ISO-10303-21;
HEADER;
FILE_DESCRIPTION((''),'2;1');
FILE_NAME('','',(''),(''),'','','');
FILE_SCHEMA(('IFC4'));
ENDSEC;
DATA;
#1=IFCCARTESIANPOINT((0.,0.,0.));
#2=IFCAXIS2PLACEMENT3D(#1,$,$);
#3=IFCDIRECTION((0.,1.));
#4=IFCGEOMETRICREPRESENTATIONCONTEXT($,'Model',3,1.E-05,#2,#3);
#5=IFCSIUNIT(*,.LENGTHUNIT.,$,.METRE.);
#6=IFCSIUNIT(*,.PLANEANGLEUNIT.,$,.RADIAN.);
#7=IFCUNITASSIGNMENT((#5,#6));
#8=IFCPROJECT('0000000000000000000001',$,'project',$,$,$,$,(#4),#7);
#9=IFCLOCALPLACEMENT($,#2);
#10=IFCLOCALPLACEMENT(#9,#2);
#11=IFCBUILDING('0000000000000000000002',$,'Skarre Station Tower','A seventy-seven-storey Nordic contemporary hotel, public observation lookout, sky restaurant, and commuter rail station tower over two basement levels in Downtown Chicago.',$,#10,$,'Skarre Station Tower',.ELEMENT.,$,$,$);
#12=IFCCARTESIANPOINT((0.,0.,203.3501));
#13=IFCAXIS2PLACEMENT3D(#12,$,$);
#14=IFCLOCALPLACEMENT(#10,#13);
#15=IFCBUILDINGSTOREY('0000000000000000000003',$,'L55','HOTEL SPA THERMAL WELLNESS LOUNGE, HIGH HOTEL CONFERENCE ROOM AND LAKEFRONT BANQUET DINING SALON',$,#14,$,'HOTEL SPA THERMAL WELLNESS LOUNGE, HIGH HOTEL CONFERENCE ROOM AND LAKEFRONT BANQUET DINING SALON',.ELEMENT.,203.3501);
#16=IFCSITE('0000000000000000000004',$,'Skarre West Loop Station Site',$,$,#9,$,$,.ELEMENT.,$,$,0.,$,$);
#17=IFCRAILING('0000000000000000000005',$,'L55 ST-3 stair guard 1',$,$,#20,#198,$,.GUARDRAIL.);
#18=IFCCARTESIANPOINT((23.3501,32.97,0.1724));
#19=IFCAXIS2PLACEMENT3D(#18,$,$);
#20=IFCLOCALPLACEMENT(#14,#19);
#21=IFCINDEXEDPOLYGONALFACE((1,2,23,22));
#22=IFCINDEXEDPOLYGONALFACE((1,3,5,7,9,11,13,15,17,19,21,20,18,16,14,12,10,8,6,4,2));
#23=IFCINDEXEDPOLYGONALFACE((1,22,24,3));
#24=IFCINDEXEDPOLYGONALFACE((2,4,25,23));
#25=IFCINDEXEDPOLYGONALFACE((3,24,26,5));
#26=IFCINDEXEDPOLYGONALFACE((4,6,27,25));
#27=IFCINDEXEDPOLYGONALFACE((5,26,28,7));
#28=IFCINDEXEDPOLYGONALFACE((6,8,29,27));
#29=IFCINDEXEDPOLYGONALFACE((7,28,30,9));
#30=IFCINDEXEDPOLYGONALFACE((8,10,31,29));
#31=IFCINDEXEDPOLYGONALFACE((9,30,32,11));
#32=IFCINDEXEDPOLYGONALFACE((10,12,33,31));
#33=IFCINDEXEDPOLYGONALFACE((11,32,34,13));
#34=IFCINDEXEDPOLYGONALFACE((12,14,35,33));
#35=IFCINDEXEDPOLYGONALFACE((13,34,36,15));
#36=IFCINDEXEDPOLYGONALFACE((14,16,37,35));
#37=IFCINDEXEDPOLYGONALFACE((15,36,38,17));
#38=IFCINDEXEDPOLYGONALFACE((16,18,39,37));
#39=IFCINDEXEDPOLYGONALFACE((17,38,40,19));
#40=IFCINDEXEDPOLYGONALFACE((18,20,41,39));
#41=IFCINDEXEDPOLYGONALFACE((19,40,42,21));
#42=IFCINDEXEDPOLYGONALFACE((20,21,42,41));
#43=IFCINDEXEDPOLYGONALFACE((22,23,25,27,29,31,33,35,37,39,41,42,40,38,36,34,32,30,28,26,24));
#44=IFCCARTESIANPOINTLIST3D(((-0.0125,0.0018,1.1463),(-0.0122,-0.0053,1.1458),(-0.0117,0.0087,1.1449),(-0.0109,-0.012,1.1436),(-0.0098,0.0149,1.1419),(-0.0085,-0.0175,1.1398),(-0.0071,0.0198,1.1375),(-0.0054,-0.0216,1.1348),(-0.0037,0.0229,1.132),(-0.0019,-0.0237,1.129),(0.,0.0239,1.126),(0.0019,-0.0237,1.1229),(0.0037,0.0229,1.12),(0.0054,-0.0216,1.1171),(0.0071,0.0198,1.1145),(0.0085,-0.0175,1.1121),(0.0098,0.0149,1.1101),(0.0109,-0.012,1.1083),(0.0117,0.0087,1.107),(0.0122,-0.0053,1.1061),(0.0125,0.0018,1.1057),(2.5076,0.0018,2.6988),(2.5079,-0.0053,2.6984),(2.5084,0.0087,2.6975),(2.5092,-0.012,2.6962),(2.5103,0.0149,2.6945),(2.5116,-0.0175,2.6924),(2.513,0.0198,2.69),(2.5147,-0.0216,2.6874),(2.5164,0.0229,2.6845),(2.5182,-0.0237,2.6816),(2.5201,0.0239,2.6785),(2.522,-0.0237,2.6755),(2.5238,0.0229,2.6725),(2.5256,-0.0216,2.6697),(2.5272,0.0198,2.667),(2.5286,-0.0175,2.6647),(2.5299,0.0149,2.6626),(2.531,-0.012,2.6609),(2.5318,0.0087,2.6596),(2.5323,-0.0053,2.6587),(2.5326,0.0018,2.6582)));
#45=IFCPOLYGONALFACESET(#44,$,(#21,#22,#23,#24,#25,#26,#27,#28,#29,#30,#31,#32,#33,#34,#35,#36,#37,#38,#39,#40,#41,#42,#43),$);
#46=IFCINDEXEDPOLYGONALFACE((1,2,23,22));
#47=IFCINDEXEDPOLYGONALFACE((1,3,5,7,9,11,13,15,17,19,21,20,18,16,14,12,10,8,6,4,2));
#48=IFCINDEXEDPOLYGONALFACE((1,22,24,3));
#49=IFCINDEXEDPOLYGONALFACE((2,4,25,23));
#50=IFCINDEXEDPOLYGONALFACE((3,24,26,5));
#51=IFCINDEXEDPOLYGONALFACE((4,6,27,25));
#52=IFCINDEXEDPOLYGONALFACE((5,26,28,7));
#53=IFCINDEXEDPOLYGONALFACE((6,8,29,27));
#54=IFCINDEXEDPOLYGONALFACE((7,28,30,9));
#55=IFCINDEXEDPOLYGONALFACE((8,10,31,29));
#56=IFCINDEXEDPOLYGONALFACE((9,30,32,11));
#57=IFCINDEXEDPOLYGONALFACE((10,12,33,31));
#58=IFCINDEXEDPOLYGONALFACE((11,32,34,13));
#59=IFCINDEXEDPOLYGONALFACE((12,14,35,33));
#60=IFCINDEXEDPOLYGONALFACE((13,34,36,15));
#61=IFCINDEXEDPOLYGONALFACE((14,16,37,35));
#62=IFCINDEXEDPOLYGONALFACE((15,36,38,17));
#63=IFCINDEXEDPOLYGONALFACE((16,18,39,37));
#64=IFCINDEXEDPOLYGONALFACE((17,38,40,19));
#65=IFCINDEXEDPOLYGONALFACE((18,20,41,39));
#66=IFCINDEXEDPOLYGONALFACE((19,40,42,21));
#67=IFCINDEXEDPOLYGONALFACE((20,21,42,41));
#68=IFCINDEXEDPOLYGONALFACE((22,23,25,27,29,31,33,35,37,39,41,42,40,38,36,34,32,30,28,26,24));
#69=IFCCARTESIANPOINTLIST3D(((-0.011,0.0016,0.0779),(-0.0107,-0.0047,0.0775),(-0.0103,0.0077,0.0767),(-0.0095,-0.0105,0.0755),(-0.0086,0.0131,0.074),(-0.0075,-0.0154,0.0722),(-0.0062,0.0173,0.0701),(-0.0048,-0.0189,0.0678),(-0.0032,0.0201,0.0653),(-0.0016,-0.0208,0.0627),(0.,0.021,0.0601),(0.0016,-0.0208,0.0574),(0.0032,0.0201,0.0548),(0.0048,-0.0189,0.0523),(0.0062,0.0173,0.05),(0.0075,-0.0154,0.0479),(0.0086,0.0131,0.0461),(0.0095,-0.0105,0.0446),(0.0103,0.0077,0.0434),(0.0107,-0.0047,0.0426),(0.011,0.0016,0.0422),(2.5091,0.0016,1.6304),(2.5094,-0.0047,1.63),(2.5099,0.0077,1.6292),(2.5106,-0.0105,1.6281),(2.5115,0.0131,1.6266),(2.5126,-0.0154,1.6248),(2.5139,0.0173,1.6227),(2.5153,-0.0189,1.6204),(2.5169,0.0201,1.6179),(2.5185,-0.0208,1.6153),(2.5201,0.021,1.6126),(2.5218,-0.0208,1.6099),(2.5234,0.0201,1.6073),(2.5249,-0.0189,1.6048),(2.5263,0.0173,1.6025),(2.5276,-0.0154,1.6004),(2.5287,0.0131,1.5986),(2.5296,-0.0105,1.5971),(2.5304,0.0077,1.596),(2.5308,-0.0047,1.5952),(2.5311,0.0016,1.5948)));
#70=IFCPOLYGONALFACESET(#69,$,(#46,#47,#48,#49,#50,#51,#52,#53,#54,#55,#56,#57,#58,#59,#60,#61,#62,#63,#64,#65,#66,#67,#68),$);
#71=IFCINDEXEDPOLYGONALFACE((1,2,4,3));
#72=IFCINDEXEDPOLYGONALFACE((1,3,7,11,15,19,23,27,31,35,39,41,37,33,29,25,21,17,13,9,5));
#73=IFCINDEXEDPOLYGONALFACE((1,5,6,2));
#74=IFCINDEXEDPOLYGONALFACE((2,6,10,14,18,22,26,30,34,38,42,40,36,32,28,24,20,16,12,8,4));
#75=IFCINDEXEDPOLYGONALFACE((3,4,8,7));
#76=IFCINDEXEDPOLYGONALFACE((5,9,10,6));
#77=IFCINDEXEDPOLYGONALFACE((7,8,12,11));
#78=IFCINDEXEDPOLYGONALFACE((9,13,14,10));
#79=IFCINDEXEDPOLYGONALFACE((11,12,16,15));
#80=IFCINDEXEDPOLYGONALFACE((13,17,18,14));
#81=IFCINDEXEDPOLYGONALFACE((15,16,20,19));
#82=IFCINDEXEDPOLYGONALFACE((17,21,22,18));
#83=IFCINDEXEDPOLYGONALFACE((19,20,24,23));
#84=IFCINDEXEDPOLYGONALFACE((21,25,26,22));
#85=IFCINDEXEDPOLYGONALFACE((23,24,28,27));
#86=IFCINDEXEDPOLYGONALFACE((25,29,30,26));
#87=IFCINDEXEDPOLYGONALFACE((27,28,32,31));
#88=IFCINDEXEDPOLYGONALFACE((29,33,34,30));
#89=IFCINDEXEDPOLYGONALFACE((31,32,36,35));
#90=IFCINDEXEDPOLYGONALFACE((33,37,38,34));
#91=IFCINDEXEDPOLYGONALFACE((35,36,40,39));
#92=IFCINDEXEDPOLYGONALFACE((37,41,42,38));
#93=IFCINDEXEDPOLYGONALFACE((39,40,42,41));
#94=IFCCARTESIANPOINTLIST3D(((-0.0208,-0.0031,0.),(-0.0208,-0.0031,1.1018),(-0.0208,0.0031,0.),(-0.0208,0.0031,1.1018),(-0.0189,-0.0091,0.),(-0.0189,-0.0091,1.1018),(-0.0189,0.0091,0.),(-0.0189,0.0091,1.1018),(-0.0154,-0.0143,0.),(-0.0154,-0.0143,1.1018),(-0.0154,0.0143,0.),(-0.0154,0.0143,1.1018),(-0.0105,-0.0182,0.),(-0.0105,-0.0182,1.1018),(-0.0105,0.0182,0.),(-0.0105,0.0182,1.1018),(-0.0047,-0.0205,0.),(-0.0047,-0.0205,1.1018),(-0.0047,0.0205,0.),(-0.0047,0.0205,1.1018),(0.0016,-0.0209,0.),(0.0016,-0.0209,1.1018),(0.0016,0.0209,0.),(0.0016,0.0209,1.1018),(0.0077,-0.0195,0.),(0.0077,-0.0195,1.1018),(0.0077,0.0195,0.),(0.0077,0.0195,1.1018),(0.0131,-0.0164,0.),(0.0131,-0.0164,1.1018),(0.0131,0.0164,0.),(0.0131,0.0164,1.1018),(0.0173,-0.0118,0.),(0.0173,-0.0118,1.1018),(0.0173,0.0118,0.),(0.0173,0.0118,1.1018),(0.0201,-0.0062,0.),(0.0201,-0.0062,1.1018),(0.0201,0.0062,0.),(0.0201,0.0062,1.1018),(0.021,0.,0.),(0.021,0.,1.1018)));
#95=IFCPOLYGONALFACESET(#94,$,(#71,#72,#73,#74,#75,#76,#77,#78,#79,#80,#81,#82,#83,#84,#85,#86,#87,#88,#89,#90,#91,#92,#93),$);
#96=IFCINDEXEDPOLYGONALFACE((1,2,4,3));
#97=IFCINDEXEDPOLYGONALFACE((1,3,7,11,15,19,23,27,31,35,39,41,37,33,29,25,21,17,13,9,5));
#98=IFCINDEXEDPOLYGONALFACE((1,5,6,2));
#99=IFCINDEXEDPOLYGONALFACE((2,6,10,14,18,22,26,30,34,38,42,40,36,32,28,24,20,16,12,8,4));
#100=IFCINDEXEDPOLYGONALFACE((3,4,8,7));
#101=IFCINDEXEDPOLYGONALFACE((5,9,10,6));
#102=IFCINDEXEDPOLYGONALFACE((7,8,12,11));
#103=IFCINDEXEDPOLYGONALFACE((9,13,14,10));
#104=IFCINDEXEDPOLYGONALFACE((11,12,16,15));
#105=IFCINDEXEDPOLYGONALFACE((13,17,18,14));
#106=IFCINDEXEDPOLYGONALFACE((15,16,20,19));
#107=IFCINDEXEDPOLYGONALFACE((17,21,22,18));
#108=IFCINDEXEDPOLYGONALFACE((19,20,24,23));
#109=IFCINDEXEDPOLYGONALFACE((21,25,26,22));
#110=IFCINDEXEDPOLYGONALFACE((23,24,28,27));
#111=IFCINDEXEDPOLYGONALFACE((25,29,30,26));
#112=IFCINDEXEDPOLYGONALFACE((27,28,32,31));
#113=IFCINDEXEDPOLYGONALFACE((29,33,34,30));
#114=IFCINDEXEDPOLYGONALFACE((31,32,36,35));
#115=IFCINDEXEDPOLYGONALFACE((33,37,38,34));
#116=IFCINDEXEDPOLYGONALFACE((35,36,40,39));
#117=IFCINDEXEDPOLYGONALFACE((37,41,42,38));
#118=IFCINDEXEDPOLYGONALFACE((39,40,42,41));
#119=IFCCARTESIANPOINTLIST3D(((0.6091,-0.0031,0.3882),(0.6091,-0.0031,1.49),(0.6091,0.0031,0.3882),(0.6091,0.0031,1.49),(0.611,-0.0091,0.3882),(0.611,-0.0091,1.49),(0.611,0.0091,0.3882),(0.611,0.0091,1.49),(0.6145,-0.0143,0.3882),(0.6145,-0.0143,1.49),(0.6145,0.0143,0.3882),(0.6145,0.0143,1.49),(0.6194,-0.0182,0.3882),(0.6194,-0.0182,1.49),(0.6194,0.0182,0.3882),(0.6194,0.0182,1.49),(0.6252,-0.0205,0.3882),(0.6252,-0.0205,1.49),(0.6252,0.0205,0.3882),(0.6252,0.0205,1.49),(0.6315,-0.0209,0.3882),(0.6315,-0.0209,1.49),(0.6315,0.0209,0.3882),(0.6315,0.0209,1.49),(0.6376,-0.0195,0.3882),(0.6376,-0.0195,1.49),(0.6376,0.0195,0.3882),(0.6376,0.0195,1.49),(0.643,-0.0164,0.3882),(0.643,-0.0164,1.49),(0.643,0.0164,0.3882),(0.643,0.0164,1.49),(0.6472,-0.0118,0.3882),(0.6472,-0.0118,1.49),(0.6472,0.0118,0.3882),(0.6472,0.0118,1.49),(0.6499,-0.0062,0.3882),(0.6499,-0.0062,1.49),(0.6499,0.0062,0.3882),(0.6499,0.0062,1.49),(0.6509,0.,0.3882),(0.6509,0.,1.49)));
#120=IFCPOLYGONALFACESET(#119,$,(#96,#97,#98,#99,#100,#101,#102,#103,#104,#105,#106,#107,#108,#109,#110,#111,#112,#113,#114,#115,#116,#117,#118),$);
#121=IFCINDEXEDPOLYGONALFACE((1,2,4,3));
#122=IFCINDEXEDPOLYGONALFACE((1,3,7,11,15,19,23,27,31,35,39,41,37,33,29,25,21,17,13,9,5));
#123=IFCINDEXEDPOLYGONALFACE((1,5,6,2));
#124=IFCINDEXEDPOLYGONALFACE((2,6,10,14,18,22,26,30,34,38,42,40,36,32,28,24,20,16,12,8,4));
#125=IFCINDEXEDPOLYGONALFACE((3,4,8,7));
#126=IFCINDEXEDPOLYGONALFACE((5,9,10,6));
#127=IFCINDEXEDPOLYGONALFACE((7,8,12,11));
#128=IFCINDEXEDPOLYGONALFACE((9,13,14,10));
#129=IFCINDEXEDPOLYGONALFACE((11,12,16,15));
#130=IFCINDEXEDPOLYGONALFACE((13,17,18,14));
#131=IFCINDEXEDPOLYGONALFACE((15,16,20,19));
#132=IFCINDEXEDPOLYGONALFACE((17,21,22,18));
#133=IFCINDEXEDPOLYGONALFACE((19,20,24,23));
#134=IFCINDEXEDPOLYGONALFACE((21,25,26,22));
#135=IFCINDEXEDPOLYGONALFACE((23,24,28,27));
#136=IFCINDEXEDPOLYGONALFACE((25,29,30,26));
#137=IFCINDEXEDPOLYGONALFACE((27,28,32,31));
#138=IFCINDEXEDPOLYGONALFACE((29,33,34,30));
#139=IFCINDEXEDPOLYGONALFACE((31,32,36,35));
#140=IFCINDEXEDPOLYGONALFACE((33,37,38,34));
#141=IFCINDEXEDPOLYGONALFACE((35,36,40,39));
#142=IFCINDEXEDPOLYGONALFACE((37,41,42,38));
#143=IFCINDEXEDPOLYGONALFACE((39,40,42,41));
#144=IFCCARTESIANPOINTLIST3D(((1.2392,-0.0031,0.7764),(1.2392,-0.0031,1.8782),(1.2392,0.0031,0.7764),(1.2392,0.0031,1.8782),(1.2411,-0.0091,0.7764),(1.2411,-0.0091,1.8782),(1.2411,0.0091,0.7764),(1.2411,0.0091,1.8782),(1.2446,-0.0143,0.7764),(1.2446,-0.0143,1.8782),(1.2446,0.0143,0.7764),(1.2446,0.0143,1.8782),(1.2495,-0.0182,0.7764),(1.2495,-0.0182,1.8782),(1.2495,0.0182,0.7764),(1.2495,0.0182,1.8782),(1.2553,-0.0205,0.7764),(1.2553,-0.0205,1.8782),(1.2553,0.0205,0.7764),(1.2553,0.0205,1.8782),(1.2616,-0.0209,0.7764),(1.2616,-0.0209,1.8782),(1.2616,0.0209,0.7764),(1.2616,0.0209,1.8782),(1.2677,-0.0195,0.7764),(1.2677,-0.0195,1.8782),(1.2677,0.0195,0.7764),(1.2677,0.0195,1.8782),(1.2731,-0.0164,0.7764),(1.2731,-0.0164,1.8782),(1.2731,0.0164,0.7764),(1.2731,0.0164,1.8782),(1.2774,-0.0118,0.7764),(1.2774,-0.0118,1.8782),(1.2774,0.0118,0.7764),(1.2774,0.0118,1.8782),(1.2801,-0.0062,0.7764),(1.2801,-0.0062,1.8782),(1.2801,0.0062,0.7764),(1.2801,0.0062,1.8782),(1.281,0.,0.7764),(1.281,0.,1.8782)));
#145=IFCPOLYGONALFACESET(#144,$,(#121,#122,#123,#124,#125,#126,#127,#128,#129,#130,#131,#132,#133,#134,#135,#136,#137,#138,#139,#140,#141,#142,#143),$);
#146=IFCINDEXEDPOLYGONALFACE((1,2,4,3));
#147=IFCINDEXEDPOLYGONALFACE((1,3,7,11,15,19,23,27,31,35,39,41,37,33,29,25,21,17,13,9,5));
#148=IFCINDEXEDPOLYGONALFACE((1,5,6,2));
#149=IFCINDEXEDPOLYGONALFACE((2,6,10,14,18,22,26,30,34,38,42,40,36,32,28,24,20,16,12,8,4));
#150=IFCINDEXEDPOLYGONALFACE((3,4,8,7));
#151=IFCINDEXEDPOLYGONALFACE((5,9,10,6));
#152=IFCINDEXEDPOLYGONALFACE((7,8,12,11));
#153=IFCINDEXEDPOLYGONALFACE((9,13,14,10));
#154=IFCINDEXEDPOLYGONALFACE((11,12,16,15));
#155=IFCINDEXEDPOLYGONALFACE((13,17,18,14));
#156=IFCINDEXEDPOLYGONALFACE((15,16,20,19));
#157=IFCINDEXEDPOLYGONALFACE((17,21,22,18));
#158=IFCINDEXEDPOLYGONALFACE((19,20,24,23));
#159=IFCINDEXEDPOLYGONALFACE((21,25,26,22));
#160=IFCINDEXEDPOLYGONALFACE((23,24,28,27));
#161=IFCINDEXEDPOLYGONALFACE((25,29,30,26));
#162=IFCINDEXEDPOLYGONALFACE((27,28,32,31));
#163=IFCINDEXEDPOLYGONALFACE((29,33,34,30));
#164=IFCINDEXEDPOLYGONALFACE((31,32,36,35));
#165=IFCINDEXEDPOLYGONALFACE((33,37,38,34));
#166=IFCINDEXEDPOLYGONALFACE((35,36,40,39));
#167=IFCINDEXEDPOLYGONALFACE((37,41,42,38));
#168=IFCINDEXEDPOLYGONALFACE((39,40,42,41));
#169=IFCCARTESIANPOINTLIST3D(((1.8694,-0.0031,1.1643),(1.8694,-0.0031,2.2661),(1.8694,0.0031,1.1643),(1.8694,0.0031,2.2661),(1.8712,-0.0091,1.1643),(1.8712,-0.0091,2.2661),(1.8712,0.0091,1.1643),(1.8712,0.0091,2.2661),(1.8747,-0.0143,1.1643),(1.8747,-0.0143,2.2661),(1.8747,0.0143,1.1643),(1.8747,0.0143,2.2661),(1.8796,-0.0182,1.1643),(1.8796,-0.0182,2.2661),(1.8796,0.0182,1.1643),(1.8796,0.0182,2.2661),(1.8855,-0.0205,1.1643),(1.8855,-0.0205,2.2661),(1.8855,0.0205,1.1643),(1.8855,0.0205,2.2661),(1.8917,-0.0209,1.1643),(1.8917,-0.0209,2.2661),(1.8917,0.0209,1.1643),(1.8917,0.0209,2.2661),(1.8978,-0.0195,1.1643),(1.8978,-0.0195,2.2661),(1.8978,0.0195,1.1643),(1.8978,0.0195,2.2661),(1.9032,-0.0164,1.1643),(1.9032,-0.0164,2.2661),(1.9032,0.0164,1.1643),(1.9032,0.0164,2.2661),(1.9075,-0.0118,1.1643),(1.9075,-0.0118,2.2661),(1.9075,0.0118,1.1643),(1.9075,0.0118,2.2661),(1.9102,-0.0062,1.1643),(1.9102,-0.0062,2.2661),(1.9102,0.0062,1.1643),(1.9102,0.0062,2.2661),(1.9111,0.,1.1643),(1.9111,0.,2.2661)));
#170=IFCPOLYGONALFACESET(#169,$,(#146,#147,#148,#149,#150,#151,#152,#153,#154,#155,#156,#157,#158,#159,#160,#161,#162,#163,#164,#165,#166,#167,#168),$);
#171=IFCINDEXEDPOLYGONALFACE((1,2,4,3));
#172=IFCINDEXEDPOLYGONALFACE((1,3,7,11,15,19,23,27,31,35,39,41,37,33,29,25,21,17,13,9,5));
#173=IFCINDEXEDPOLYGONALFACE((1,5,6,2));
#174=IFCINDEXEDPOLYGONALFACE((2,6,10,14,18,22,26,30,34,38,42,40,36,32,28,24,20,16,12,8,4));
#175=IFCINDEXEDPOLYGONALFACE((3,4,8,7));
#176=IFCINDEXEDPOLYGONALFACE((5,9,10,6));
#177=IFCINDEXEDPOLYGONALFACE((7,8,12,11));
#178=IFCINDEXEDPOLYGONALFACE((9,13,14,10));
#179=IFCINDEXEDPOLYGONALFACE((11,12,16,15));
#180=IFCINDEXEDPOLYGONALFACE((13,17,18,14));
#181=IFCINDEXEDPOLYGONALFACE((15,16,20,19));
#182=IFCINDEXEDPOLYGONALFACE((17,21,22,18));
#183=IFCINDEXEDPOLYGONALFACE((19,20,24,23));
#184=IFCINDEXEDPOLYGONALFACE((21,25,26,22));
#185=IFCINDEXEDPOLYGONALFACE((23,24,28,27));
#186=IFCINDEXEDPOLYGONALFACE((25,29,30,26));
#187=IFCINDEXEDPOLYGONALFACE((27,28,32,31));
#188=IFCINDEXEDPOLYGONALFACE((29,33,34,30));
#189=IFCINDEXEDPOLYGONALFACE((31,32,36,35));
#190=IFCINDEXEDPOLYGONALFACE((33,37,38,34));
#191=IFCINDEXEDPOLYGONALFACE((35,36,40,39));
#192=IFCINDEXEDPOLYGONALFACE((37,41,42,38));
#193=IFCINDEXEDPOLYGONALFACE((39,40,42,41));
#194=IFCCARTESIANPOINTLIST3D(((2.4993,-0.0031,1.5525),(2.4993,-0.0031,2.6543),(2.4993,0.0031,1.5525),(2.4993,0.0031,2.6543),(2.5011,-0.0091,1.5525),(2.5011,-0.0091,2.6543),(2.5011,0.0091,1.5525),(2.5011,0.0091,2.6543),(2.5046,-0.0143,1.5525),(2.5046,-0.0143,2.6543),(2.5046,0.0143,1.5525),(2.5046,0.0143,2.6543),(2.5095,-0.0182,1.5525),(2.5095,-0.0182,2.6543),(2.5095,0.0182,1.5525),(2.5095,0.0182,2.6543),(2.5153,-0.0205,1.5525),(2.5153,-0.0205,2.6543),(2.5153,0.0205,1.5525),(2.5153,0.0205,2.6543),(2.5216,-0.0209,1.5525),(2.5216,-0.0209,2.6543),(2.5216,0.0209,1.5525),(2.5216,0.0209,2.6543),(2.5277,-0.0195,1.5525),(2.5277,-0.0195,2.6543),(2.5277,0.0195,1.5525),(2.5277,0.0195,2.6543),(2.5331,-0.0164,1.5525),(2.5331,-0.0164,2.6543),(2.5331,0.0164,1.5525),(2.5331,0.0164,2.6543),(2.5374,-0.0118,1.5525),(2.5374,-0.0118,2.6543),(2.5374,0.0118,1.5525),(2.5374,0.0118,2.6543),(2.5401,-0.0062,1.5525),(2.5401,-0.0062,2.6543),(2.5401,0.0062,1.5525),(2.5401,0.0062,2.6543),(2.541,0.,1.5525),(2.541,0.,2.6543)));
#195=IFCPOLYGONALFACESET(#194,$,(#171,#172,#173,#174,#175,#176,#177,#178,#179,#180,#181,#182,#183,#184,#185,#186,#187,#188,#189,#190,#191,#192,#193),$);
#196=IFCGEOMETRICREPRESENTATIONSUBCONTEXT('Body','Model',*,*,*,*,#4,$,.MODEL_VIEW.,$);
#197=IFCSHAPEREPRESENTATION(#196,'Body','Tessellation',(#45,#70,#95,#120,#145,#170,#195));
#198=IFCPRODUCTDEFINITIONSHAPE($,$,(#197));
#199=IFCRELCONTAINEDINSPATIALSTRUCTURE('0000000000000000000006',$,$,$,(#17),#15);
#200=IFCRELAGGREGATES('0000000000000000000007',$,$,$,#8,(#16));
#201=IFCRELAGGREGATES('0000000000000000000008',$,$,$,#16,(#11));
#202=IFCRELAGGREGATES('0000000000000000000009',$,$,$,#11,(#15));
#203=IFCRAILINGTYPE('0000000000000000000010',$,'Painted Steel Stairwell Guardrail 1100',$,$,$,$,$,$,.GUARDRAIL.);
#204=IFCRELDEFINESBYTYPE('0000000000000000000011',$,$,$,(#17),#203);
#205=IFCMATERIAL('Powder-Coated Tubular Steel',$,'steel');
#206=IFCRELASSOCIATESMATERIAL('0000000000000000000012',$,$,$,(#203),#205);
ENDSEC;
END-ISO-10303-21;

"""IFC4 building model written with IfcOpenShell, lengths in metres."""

from ifc_helpers import new_model, si_unit, direction, frame, origin, origin_2d, place, context, subcontext, project, spatial, circle, extrude, material, type_object, element, save


model = new_model("IFC4")

# Units and contexts
model_context = context("Model", 3, precision=1e-05, world=origin(), true_north=direction((0.0, 1.0)))
body_context = subcontext(model_context, "Body", "Model", "MODEL_VIEW")
ifc_project = project(units=[si_unit("LENGTHUNIT", "METRE"), si_unit("PLANEANGLEUNIT", "RADIAN")], contexts=[model_context])

# Site, building, storey
site_placement = place(None, origin())
site = spatial("IfcSite", under=ifc_project, at=site_placement, Name="Skarre West Loop Station Site", CompositionType="ELEMENT", RefElevation=0.0)
building_placement = place(site_placement, origin())
building = spatial("IfcBuilding", under=site, at=building_placement, Name="Skarre Station Tower", Description="A seventy-seven-storey Nordic contemporary hotel, public observation lookout, sky restaurant, and commuter rail station tower over two basement levels in Downtown Chicago.", LongName="Skarre Station Tower", CompositionType="ELEMENT")
storey_placement = place(building_placement, frame((0.0, 0.0, 203.3501)))
storey = spatial("IfcBuildingStorey", under=building, at=storey_placement, Name="L55", Description="HOTEL SPA THERMAL WELLNESS LOUNGE, HIGH HOTEL CONFERENCE ROOM AND LAKEFRONT BANQUET DINING SALON", LongName="HOTEL SPA THERMAL WELLNESS LOUNGE, HIGH HOTEL CONFERENCE ROOM AND LAKEFRONT BANQUET DINING SALON", CompositionType="ELEMENT", Elevation=203.3501)

# Railing
ifc_material_1 = material(Name="Powder-Coated Tubular Steel", Category="steel")
railing_type_1 = type_object("IfcRailingType", Name="Painted Steel Stairwell Guardrail 1100", PredefinedType="GUARDRAIL", material=ifc_material_1)
railing_1_placement = place(storey_placement, frame((23.3501, 32.97, 0.1724)))
element("IfcRailing", 1, at=railing_1_placement, inside=storey, type_object=railing_type_1, Name="L55 ST-3 stair guard 1", PredefinedType="GUARDRAIL", context=body_context, shape_type="SweptSolid", body=[
    extrude(circle(Radius=0.0239, at=origin_2d()), frame((0.0, 0.0, 1.126), z_axis=(0.8514, 0.0, 0.524516), x_axis=(0.0, 1.0, 0.0)), (0.0, 0.0, 1.0), 2.96),
    extrude(circle(Radius=0.021, at=origin_2d()), frame((0.0, 0.0, 0.0601), z_axis=(0.8514, 0.0, 0.524516), x_axis=(0.0, 1.0, 0.0)), (0.0, 0.0, 1.0), 2.96),
    extrude(circle(Radius=0.021, at=origin_2d()), origin(), (0.0, 0.0, 1.0), 1.1018),
    extrude(circle(Radius=0.021, at=origin_2d()), frame((0.6299, 0.0, 0.3882)), (0.0, 0.0, 1.0), 1.1018),
    extrude(circle(Radius=0.021, at=origin_2d()), frame((1.26, 0.0, 0.7764)), (0.0, 0.0, 1.0), 1.1018),
    extrude(circle(Radius=0.021, at=origin_2d()), frame((1.8901, 0.0, 1.1643)), (0.0, 0.0, 1.0), 1.1018),
    extrude(circle(Radius=0.021, at=origin_2d()), frame((2.52, 0.0, 1.5525)), (0.0, 0.0, 1.0), 1.1018),
])

save(model, "model.ifc")
